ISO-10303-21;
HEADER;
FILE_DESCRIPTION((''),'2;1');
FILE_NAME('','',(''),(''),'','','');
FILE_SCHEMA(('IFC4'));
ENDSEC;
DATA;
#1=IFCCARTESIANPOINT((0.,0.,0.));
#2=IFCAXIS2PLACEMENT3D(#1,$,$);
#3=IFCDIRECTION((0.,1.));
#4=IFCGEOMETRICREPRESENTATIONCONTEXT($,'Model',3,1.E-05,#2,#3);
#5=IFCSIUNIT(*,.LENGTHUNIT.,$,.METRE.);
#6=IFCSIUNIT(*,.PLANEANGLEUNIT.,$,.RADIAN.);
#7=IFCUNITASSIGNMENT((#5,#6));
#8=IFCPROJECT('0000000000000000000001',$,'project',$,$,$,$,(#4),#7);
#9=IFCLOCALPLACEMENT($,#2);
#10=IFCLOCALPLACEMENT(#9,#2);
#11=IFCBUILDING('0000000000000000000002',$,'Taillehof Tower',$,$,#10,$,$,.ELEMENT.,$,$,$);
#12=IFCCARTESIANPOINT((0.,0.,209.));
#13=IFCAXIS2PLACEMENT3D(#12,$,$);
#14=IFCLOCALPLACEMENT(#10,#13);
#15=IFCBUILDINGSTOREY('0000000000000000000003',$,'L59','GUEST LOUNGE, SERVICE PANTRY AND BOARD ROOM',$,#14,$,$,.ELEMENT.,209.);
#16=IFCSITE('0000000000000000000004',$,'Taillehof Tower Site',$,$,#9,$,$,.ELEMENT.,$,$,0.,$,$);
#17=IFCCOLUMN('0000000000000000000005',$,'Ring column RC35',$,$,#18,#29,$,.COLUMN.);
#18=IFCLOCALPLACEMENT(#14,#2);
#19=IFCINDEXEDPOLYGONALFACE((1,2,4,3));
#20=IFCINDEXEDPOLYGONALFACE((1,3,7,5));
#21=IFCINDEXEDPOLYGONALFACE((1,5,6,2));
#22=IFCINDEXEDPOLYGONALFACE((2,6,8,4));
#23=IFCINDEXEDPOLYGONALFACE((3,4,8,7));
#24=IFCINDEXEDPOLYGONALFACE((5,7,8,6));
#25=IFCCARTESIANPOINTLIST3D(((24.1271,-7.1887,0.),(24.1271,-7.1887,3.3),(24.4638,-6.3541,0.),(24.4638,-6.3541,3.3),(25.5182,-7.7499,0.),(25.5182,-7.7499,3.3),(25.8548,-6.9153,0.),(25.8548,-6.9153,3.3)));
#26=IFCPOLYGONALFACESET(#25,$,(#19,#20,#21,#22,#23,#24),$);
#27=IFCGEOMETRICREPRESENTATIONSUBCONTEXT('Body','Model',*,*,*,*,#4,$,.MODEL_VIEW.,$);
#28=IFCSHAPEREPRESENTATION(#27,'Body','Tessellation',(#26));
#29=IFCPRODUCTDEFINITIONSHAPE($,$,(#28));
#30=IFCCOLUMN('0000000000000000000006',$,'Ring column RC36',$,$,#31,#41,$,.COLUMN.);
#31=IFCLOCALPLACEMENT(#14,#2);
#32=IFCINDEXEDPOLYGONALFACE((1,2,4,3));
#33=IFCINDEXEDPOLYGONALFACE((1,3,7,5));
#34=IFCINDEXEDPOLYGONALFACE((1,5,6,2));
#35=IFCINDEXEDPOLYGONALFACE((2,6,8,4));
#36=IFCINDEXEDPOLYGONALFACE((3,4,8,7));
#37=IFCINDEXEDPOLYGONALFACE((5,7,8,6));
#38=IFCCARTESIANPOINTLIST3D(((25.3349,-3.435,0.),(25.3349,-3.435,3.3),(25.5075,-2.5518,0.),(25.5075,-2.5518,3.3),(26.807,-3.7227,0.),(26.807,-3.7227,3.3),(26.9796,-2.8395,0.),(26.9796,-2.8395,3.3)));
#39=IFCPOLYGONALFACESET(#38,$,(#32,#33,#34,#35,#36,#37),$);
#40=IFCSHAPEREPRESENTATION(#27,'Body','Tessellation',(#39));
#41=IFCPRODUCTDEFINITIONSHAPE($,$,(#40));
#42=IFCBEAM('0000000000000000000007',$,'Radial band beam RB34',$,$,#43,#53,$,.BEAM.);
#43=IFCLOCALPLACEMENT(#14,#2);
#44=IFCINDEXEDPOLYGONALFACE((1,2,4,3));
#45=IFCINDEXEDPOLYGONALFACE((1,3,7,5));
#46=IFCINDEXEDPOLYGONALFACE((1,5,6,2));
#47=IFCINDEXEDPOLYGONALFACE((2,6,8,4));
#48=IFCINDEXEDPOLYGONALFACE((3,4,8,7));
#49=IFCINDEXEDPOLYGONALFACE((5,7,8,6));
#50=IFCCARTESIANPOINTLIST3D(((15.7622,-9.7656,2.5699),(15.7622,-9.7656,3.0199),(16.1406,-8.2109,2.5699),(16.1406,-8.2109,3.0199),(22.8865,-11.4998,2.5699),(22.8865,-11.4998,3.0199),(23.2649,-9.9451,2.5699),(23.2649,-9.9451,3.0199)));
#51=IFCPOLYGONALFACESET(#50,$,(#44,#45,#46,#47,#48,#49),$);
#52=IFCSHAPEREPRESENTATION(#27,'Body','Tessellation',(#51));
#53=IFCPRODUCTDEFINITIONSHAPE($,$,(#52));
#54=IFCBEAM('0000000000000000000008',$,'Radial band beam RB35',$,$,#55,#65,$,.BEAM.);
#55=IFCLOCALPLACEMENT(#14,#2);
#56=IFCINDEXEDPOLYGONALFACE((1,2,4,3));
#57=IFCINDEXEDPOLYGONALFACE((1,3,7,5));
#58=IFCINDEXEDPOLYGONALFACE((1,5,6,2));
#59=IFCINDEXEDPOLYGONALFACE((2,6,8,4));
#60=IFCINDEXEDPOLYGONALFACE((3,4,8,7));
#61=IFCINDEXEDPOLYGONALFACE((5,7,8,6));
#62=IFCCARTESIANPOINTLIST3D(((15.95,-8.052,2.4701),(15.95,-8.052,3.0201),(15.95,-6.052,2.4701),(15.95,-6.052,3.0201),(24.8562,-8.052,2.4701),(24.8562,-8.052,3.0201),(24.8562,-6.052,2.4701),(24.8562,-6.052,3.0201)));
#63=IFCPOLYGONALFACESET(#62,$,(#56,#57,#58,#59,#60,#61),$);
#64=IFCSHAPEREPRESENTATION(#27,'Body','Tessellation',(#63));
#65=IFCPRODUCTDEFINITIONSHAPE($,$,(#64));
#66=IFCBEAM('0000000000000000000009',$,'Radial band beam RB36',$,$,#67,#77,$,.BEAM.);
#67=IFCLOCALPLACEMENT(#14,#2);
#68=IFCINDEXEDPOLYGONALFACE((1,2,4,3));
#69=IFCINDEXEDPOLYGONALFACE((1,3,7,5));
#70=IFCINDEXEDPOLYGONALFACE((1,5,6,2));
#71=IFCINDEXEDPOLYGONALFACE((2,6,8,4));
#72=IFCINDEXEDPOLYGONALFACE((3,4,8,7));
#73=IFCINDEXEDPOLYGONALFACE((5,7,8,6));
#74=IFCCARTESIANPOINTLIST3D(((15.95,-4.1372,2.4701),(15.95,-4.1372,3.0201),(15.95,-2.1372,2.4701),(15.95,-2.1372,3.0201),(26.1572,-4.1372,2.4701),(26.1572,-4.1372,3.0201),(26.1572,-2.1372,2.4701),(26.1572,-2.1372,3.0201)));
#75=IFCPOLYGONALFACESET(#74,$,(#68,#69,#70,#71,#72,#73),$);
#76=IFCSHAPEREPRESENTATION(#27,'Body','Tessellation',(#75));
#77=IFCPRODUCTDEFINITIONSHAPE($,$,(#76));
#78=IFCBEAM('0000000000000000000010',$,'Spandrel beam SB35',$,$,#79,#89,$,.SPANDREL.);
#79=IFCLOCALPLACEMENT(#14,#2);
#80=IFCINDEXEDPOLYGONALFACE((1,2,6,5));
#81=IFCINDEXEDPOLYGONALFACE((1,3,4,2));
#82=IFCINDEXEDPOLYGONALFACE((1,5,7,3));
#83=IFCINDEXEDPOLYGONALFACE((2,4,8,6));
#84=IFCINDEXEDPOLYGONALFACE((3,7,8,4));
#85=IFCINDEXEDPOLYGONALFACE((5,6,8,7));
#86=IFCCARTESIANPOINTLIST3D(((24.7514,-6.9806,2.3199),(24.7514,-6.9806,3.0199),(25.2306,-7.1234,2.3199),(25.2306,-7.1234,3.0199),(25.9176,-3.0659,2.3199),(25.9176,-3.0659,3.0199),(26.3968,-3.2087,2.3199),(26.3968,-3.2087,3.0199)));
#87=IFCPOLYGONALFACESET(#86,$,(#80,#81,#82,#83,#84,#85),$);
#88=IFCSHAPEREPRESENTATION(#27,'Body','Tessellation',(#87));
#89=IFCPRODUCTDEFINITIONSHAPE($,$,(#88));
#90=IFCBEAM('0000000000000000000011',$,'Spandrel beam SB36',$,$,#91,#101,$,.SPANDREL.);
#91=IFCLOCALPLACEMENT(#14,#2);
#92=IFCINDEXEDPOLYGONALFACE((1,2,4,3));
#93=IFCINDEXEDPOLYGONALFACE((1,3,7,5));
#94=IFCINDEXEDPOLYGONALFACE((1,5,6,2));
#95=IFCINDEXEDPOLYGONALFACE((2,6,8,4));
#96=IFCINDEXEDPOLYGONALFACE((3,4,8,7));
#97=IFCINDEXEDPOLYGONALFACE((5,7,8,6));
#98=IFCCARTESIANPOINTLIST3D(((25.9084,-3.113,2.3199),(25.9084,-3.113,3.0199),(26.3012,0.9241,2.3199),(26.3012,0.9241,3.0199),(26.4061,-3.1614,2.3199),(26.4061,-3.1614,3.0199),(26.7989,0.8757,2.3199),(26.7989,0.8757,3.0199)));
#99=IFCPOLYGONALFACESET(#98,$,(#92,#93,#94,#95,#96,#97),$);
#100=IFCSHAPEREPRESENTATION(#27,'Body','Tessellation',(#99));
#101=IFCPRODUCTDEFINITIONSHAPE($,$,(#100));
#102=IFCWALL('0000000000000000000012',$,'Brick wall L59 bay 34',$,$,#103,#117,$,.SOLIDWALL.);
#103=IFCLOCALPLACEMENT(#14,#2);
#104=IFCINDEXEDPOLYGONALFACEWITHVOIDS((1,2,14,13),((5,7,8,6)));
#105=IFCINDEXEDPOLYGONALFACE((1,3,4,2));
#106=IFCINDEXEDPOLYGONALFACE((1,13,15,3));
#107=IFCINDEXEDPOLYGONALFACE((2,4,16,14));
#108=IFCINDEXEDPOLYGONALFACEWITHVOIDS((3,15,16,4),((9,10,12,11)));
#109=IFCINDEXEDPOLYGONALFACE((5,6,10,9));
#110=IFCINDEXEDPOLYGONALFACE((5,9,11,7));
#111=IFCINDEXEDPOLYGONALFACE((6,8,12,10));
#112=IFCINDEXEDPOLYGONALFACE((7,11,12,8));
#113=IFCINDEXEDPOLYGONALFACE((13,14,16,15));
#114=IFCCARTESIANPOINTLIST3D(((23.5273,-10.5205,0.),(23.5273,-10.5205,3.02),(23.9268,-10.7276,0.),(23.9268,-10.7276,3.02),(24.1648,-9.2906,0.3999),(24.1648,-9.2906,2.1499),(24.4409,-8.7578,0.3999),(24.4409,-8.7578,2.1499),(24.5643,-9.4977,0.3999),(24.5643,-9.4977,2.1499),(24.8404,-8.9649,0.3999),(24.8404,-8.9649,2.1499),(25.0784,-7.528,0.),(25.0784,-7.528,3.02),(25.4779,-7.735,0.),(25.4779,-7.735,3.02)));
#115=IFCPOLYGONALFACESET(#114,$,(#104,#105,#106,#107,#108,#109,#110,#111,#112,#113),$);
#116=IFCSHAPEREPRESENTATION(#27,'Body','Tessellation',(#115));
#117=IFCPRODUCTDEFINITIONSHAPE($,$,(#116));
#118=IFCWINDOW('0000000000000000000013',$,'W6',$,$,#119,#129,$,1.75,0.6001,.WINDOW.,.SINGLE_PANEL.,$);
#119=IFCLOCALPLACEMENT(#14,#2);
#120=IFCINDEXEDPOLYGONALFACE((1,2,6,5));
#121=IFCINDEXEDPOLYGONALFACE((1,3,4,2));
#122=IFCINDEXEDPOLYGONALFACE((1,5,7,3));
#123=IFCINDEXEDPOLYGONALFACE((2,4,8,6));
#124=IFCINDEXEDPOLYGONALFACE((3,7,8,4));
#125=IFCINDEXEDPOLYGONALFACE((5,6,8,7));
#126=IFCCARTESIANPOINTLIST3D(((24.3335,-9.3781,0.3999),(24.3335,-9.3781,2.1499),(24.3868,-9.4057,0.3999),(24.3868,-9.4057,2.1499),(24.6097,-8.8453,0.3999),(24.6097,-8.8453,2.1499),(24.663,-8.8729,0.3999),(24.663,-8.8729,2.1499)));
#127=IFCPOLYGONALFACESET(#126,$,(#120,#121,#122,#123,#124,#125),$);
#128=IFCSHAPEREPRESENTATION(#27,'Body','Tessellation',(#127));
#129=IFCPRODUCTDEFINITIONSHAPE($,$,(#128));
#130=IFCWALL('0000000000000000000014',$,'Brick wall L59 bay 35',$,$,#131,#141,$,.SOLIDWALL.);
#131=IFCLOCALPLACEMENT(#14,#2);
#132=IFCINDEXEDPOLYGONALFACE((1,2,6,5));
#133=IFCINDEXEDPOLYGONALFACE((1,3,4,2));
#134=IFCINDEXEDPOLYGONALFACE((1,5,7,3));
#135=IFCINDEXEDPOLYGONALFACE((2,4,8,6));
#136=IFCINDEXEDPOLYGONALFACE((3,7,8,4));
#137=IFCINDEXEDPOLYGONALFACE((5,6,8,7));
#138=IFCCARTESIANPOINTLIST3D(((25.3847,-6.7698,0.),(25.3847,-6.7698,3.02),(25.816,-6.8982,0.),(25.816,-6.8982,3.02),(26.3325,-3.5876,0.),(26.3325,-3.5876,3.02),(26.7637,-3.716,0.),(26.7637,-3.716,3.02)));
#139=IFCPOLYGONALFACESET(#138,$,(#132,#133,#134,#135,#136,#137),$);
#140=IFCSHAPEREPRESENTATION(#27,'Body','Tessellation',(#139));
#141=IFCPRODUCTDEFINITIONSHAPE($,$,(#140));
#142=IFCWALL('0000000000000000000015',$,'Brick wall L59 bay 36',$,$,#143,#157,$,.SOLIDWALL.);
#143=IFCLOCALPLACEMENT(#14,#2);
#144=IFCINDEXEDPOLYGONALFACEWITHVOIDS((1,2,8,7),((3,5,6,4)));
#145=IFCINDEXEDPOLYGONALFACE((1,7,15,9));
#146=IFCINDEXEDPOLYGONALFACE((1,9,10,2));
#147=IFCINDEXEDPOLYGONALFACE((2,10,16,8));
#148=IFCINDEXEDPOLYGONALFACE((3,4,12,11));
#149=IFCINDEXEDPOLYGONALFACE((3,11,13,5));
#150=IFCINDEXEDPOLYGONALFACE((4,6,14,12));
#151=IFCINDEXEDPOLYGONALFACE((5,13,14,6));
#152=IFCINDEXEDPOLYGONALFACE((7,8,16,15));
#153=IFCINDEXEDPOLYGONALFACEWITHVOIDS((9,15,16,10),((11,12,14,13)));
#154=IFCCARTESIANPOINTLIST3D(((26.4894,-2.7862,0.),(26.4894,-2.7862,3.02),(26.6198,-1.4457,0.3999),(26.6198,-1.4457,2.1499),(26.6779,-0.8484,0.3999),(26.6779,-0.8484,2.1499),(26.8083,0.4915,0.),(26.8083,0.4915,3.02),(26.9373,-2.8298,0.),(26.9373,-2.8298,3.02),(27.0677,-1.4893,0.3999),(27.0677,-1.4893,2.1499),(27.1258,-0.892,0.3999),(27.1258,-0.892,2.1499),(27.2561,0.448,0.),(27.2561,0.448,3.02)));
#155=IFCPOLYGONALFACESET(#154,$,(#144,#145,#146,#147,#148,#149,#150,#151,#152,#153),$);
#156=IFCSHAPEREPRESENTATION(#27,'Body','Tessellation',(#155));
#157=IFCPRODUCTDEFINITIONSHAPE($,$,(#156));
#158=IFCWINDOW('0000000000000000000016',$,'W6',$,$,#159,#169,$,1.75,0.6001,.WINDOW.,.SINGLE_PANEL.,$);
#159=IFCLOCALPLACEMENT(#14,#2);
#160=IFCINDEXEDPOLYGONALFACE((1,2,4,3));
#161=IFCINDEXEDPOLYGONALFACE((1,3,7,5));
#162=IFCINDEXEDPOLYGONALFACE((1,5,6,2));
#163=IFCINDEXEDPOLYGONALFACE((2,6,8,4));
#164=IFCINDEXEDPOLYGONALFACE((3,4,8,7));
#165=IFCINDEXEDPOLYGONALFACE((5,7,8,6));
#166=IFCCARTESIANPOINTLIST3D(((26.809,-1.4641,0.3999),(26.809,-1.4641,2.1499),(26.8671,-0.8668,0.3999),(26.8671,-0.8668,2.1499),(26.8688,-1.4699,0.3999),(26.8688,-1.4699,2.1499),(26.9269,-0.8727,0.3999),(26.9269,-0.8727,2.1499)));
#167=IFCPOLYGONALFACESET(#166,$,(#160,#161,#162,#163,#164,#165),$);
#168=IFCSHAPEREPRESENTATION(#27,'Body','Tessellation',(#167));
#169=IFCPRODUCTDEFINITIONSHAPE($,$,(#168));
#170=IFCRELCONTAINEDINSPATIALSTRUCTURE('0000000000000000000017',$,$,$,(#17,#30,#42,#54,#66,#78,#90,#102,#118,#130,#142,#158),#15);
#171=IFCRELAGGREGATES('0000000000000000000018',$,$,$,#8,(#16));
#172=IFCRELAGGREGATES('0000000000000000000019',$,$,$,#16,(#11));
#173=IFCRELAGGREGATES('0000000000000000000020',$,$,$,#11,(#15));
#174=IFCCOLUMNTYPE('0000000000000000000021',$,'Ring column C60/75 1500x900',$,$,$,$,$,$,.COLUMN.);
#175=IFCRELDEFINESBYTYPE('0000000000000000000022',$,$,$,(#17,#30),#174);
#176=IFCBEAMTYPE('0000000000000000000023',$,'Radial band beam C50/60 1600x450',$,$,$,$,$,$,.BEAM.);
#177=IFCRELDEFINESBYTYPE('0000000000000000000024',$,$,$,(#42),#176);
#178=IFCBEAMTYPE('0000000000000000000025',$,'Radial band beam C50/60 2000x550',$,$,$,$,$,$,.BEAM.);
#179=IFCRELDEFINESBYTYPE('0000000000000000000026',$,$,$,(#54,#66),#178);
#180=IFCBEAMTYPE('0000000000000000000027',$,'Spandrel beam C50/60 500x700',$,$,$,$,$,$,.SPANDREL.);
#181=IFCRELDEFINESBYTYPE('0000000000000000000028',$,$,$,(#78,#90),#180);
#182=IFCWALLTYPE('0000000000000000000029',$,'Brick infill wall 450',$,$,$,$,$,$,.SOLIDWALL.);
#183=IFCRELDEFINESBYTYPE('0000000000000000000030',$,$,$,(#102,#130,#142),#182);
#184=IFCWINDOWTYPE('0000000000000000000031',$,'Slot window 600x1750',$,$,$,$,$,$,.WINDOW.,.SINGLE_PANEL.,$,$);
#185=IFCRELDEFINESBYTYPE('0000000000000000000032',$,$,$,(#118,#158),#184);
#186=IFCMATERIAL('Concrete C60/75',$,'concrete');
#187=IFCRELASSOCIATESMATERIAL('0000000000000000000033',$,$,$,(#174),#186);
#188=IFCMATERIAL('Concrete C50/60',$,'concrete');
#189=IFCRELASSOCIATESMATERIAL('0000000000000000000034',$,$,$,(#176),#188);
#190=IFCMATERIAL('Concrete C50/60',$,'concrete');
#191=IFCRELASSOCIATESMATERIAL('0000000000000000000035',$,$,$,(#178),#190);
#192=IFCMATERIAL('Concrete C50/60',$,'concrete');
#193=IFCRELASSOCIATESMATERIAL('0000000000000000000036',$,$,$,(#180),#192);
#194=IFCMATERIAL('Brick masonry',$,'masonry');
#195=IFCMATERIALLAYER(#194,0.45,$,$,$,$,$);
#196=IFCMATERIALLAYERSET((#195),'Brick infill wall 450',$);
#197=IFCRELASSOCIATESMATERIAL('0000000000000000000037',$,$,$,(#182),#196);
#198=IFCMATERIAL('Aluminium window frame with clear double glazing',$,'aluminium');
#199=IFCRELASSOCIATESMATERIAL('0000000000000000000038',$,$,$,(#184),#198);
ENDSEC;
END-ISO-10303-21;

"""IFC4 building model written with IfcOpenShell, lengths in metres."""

from ifc_helpers import new_model, si_unit, direction, frame, frame_2d, origin, origin_2d, place, context, subcontext, project, spatial, rectangle, extrude, material, layer, layer_set, material_profile, profile_set, type_object, element, fill, save


model = new_model("IFC4")

# Units and contexts
model_context = context("Model", 3, precision=1e-05, world=origin(), true_north=direction((0.0, 1.0)))
body_context = subcontext(model_context, "Body", "Model", "MODEL_VIEW")
ifc_project = project(units=[si_unit("LENGTHUNIT", "METRE"), si_unit("PLANEANGLEUNIT", "RADIAN")], contexts=[model_context])

# Site, building, storey
site_placement = place(None, origin())
site = spatial("IfcSite", under=ifc_project, at=site_placement, Name="Taillehof Tower Site", CompositionType="ELEMENT", RefElevation=0.0)
building_placement = place(site_placement, origin())
building = spatial("IfcBuilding", under=site, at=building_placement, Name="Taillehof Tower", CompositionType="ELEMENT")
storey_placement = place(building_placement, frame((0.0, 0.0, 209.0)))
storey = spatial("IfcBuildingStorey", under=building, at=storey_placement, Name="L59", Description="GUEST LOUNGE, SERVICE PANTRY AND BOARD ROOM", CompositionType="ELEMENT", Elevation=209.0)

# Columns
ifc_material_1 = material(Name="Concrete C60/75", Category="concrete")
ifc_material_profile_1 = material_profile(ifc_material_1, rectangle(XDim=1.5, YDim=0.8999, at=origin_2d()), Name="RC 1500x900")
ifc_profile_set_1 = profile_set([ifc_material_profile_1], Name="Concrete C60/75")
column_type = type_object("IfcColumnType", Name="Ring column C60/75 1500x900", PredefinedType="COLUMN", material=ifc_profile_set_1)
for number, where, z_axis, x_axis, name in (
    (1, (24.991, -7.052, 0.0), (0.0, 0.0, 1.0), (0.927385, -0.374108, 0.0), "Ring column RC35"),
    (2, (26.1572, -3.1372, 0.0), (0.0, 0.0, 1.0), (0.981434, -0.191801, 0.0), "Ring column RC36"),
):
    element("IfcColumn", number, at=place(storey_placement, frame(where, z_axis=z_axis, x_axis=x_axis)), inside=storey, type_object=column_type, Name=name, PredefinedType="COLUMN", context=body_context, shape_type="SweptSolid", body=[
        extrude(rectangle(XDim=1.5, YDim=0.8999, at=origin_2d()), origin(), (0.0, 0.0, 1.0), 3.3),
    ])

# Beams
ifc_material_2 = material(Name="Concrete C50/60", Category="concrete")
ifc_material_profile_2 = material_profile(ifc_material_2, rectangle(XDim=1.6001, YDim=0.45, at=origin_2d()), Name="RC 1600x450")
ifc_profile_set_2 = profile_set([ifc_material_profile_2], Name="Concrete C50/60")
beam_type_1 = type_object("IfcBeamType", Name="Radial band beam C50/60 1600x450", PredefinedType="BEAM", material=ifc_profile_set_2)
beam_1_placement = place(storey_placement, frame((23.0757, -10.7224, 2.7949), z_axis=(-0.97163, 0.236506, 0.0), x_axis=(-0.236506, -0.97163, 0.0)))
element("IfcBeam", 3, at=beam_1_placement, inside=storey, type_object=beam_type_1, Name="Radial band beam RB34", PredefinedType="BEAM", context=body_context, shape_type="SweptSolid", body=[
    extrude(rectangle(XDim=1.6001, YDim=0.45, at=origin_2d()), origin(), (0.0, 0.0, 1.0), 7.3323),
])
ifc_material_3 = material(Name="Concrete C50/60", Category="concrete")
ifc_material_profile_3 = material_profile(ifc_material_3, rectangle(XDim=2.0, YDim=0.55, at=origin_2d()), Name="RC 2000x550")
ifc_profile_set_3 = profile_set([ifc_material_profile_3], Name="Concrete C50/60")
beam_type_2 = type_object("IfcBeamType", Name="Radial band beam C50/60 2000x550", PredefinedType="BEAM", material=ifc_profile_set_3)
beam_2_placement = place(storey_placement, frame((24.8562, -7.052, 2.7451), z_axis=(-1.0, 0.0, 0.0), x_axis=(0.0, -1.0, 0.0)))
element("IfcBeam", 4, at=beam_2_placement, inside=storey, type_object=beam_type_2, Name="Radial band beam RB35", PredefinedType="BEAM", context=body_context, shape_type="SweptSolid", body=[
    extrude(rectangle(XDim=2.0, YDim=0.55, at=origin_2d()), origin(), (0.0, 0.0, 1.0), 8.9062),
])
beam_3_placement = place(storey_placement, frame((26.1572, -3.1372, 2.7451), z_axis=(-1.0, 0.0, 0.0), x_axis=(0.0, -1.0, 0.0)))
element("IfcBeam", 5, at=beam_3_placement, inside=storey, type_object=beam_type_2, Name="Radial band beam RB36", PredefinedType="BEAM", context=body_context, shape_type="SweptSolid", body=[
    extrude(rectangle(XDim=2.0, YDim=0.55, at=origin_2d()), origin(), (0.0, 0.0, 1.0), 10.2073),
])
ifc_material_4 = material(Name="Concrete C50/60", Category="concrete")
ifc_material_profile_4 = material_profile(ifc_material_4, rectangle(XDim=0.5, YDim=0.7, at=origin_2d()), Name="RC 500x700")
ifc_profile_set_4 = profile_set([ifc_material_profile_4], Name="Concrete C50/60")
beam_type_3 = type_object("IfcBeamType", Name="Spandrel beam C50/60 500x700", PredefinedType="SPANDREL", material=ifc_profile_set_4)
beam_4_placement = place(storey_placement, frame((24.991, -7.052, 2.6699), z_axis=(0.28551, 0.958376, 0.0), x_axis=(-0.958376, 0.28551, 0.0)))
element("IfcBeam", 6, at=beam_4_placement, inside=storey, type_object=beam_type_3, Name="Spandrel beam SB35", PredefinedType="SPANDREL", context=body_context, shape_type="SweptSolid", body=[
    extrude(rectangle(XDim=0.5, YDim=0.7, at=origin_2d()), origin(), (0.0, 0.0, 1.0), 4.0847),
])
beam_5_placement = place(storey_placement, frame((26.1572, -3.1372, 2.6699), z_axis=(0.096845, 0.995299, 0.0), x_axis=(-0.995299, 0.096845, 0.0)))
element("IfcBeam", 7, at=beam_5_placement, inside=storey, type_object=beam_type_3, Name="Spandrel beam SB36", PredefinedType="SPANDREL", context=body_context, shape_type="SweptSolid", body=[
    extrude(rectangle(XDim=0.5, YDim=0.7, at=origin_2d()), origin(), (0.0, 0.0, 1.0), 4.0562),
])

# Wall, opening, window
ifc_material_5 = material(Name="Brick masonry", Category="masonry")
ifc_layer_1 = layer(ifc_material_5, 0.45)
ifc_layer_set_1 = layer_set([ifc_layer_1], Name="Brick infill wall 450")
wall_type_1 = type_object("IfcWallType", Name="Brick infill wall 450", PredefinedType="SOLIDWALL", material=ifc_layer_set_1)
wall_1_placement = place(storey_placement, frame((23.7271, -10.624, 0.0), z_axis=(0.0, 0.0, 1.0), x_axis=(0.460176, 0.887828, 0.0)))
wall_1 = element("IfcWall", 8, at=wall_1_placement, inside=storey, type_object=wall_type_1, Name="Brick wall L59 bay 34", PredefinedType="SOLIDWALL", context=body_context, shape_type="SweptSolid", body=[
    extrude(rectangle(XDim=3.3706, YDim=0.45, at=frame_2d((1.6853, 0.0))), origin(), (0.0, 0.0, 1.0), 3.02),
])
opening_1_placement = place(wall_1_placement, frame((1.3853, 0.0, 0.3999)))
opening_1 = element("IfcOpeningElement", 9, at=opening_1_placement, cuts=wall_1, PredefinedType="OPENING", context=body_context, shape_type="SweptSolid", body=[
    extrude(rectangle(XDim=0.6001, YDim=1.75, at=frame_2d((0.3, 0.875))), frame((0.0, 0.2349, 0.0), z_axis=(0.0, -1.0, 0.0), x_axis=(1.0, 0.0, 0.0)), (0.0, 0.0, 1.0), 0.47),
])
ifc_material_6 = material(Name="Aluminium window frame with clear double glazing", Category="aluminium")
window_type = type_object("IfcWindowType", Name="Slot window 600x1750", PartitioningType="SINGLE_PANEL", PredefinedType="WINDOW", material=ifc_material_6)
window_1_placement = place(opening_1_placement, origin())
window_1 = element("IfcWindow", 10, at=window_1_placement, inside=storey, type_object=window_type, Name="W6", OverallHeight=1.75, OverallWidth=0.6001, PartitioningType="SINGLE_PANEL", PredefinedType="WINDOW", context=body_context, shape_type="SweptSolid", body=[
    extrude(rectangle(XDim=0.6001, YDim=1.75, at=frame_2d((0.3, 0.875))), frame((0.0, 0.0349, 0.0), z_axis=(0.0, -1.0, 0.0), x_axis=(1.0, 0.0, 0.0)), (0.0, 0.0, 1.0), 0.0601),
])
fill(opening_1, window_1)

# Wall
wall_2_placement = place(storey_placement, frame((25.6003, -6.834, 0.0), z_axis=(0.0, 0.0, 1.0), x_axis=(0.285445, 0.958395, 0.0)))
element("IfcWall", 11, at=wall_2_placement, inside=storey, type_object=wall_type_1, Name="Brick wall L59 bay 35", PredefinedType="SOLIDWALL", context=body_context, shape_type="SweptSolid", body=[
    extrude(rectangle(XDim=3.3203, YDim=0.45, at=frame_2d((1.6602, 0.0))), origin(), (0.0, 0.0, 1.0), 3.02),
])

# Wall, opening, window
wall_3_placement = place(storey_placement, frame((26.7134, -2.8079, 0.0), z_axis=(0.0, 0.0, 1.0), x_axis=(0.096817, 0.995302, 0.0)))
wall_3 = element("IfcWall", 12, at=wall_3_placement, inside=storey, type_object=wall_type_1, Name="Brick wall L59 bay 36", PredefinedType="SOLIDWALL", context=body_context, shape_type="SweptSolid", body=[
    extrude(rectangle(XDim=3.2932, YDim=0.45, at=frame_2d((1.6465, 0.0))), origin(), (0.0, 0.0, 1.0), 3.02),
])
opening_2_placement = place(wall_3_placement, frame((1.3467, 0.0, 0.3999)))
opening_2 = element("IfcOpeningElement", 13, at=opening_2_placement, cuts=wall_3, PredefinedType="OPENING", context=body_context, shape_type="SweptSolid", body=[
    extrude(rectangle(XDim=0.6001, YDim=1.75, at=frame_2d((0.3, 0.875))), frame((0.0, 0.2349, 0.0), z_axis=(0.0, -1.0, 0.0), x_axis=(1.0, 0.0, 0.0)), (0.0, 0.0, 1.0), 0.47),
])
window_2_placement = place(opening_2_placement, origin())
window_2 = element("IfcWindow", 14, at=window_2_placement, inside=storey, type_object=window_type, Name="W6", OverallHeight=1.75, OverallWidth=0.6001, PartitioningType="SINGLE_PANEL", PredefinedType="WINDOW", context=body_context, shape_type="SweptSolid", body=[
    extrude(rectangle(XDim=0.6001, YDim=1.75, at=frame_2d((0.3, 0.875))), frame((0.0, 0.0349, 0.0), z_axis=(0.0, -1.0, 0.0), x_axis=(1.0, 0.0, 0.0)), (0.0, 0.0, 1.0), 0.0601),
])
fill(opening_2, window_2)

save(model, "model.ifc")
